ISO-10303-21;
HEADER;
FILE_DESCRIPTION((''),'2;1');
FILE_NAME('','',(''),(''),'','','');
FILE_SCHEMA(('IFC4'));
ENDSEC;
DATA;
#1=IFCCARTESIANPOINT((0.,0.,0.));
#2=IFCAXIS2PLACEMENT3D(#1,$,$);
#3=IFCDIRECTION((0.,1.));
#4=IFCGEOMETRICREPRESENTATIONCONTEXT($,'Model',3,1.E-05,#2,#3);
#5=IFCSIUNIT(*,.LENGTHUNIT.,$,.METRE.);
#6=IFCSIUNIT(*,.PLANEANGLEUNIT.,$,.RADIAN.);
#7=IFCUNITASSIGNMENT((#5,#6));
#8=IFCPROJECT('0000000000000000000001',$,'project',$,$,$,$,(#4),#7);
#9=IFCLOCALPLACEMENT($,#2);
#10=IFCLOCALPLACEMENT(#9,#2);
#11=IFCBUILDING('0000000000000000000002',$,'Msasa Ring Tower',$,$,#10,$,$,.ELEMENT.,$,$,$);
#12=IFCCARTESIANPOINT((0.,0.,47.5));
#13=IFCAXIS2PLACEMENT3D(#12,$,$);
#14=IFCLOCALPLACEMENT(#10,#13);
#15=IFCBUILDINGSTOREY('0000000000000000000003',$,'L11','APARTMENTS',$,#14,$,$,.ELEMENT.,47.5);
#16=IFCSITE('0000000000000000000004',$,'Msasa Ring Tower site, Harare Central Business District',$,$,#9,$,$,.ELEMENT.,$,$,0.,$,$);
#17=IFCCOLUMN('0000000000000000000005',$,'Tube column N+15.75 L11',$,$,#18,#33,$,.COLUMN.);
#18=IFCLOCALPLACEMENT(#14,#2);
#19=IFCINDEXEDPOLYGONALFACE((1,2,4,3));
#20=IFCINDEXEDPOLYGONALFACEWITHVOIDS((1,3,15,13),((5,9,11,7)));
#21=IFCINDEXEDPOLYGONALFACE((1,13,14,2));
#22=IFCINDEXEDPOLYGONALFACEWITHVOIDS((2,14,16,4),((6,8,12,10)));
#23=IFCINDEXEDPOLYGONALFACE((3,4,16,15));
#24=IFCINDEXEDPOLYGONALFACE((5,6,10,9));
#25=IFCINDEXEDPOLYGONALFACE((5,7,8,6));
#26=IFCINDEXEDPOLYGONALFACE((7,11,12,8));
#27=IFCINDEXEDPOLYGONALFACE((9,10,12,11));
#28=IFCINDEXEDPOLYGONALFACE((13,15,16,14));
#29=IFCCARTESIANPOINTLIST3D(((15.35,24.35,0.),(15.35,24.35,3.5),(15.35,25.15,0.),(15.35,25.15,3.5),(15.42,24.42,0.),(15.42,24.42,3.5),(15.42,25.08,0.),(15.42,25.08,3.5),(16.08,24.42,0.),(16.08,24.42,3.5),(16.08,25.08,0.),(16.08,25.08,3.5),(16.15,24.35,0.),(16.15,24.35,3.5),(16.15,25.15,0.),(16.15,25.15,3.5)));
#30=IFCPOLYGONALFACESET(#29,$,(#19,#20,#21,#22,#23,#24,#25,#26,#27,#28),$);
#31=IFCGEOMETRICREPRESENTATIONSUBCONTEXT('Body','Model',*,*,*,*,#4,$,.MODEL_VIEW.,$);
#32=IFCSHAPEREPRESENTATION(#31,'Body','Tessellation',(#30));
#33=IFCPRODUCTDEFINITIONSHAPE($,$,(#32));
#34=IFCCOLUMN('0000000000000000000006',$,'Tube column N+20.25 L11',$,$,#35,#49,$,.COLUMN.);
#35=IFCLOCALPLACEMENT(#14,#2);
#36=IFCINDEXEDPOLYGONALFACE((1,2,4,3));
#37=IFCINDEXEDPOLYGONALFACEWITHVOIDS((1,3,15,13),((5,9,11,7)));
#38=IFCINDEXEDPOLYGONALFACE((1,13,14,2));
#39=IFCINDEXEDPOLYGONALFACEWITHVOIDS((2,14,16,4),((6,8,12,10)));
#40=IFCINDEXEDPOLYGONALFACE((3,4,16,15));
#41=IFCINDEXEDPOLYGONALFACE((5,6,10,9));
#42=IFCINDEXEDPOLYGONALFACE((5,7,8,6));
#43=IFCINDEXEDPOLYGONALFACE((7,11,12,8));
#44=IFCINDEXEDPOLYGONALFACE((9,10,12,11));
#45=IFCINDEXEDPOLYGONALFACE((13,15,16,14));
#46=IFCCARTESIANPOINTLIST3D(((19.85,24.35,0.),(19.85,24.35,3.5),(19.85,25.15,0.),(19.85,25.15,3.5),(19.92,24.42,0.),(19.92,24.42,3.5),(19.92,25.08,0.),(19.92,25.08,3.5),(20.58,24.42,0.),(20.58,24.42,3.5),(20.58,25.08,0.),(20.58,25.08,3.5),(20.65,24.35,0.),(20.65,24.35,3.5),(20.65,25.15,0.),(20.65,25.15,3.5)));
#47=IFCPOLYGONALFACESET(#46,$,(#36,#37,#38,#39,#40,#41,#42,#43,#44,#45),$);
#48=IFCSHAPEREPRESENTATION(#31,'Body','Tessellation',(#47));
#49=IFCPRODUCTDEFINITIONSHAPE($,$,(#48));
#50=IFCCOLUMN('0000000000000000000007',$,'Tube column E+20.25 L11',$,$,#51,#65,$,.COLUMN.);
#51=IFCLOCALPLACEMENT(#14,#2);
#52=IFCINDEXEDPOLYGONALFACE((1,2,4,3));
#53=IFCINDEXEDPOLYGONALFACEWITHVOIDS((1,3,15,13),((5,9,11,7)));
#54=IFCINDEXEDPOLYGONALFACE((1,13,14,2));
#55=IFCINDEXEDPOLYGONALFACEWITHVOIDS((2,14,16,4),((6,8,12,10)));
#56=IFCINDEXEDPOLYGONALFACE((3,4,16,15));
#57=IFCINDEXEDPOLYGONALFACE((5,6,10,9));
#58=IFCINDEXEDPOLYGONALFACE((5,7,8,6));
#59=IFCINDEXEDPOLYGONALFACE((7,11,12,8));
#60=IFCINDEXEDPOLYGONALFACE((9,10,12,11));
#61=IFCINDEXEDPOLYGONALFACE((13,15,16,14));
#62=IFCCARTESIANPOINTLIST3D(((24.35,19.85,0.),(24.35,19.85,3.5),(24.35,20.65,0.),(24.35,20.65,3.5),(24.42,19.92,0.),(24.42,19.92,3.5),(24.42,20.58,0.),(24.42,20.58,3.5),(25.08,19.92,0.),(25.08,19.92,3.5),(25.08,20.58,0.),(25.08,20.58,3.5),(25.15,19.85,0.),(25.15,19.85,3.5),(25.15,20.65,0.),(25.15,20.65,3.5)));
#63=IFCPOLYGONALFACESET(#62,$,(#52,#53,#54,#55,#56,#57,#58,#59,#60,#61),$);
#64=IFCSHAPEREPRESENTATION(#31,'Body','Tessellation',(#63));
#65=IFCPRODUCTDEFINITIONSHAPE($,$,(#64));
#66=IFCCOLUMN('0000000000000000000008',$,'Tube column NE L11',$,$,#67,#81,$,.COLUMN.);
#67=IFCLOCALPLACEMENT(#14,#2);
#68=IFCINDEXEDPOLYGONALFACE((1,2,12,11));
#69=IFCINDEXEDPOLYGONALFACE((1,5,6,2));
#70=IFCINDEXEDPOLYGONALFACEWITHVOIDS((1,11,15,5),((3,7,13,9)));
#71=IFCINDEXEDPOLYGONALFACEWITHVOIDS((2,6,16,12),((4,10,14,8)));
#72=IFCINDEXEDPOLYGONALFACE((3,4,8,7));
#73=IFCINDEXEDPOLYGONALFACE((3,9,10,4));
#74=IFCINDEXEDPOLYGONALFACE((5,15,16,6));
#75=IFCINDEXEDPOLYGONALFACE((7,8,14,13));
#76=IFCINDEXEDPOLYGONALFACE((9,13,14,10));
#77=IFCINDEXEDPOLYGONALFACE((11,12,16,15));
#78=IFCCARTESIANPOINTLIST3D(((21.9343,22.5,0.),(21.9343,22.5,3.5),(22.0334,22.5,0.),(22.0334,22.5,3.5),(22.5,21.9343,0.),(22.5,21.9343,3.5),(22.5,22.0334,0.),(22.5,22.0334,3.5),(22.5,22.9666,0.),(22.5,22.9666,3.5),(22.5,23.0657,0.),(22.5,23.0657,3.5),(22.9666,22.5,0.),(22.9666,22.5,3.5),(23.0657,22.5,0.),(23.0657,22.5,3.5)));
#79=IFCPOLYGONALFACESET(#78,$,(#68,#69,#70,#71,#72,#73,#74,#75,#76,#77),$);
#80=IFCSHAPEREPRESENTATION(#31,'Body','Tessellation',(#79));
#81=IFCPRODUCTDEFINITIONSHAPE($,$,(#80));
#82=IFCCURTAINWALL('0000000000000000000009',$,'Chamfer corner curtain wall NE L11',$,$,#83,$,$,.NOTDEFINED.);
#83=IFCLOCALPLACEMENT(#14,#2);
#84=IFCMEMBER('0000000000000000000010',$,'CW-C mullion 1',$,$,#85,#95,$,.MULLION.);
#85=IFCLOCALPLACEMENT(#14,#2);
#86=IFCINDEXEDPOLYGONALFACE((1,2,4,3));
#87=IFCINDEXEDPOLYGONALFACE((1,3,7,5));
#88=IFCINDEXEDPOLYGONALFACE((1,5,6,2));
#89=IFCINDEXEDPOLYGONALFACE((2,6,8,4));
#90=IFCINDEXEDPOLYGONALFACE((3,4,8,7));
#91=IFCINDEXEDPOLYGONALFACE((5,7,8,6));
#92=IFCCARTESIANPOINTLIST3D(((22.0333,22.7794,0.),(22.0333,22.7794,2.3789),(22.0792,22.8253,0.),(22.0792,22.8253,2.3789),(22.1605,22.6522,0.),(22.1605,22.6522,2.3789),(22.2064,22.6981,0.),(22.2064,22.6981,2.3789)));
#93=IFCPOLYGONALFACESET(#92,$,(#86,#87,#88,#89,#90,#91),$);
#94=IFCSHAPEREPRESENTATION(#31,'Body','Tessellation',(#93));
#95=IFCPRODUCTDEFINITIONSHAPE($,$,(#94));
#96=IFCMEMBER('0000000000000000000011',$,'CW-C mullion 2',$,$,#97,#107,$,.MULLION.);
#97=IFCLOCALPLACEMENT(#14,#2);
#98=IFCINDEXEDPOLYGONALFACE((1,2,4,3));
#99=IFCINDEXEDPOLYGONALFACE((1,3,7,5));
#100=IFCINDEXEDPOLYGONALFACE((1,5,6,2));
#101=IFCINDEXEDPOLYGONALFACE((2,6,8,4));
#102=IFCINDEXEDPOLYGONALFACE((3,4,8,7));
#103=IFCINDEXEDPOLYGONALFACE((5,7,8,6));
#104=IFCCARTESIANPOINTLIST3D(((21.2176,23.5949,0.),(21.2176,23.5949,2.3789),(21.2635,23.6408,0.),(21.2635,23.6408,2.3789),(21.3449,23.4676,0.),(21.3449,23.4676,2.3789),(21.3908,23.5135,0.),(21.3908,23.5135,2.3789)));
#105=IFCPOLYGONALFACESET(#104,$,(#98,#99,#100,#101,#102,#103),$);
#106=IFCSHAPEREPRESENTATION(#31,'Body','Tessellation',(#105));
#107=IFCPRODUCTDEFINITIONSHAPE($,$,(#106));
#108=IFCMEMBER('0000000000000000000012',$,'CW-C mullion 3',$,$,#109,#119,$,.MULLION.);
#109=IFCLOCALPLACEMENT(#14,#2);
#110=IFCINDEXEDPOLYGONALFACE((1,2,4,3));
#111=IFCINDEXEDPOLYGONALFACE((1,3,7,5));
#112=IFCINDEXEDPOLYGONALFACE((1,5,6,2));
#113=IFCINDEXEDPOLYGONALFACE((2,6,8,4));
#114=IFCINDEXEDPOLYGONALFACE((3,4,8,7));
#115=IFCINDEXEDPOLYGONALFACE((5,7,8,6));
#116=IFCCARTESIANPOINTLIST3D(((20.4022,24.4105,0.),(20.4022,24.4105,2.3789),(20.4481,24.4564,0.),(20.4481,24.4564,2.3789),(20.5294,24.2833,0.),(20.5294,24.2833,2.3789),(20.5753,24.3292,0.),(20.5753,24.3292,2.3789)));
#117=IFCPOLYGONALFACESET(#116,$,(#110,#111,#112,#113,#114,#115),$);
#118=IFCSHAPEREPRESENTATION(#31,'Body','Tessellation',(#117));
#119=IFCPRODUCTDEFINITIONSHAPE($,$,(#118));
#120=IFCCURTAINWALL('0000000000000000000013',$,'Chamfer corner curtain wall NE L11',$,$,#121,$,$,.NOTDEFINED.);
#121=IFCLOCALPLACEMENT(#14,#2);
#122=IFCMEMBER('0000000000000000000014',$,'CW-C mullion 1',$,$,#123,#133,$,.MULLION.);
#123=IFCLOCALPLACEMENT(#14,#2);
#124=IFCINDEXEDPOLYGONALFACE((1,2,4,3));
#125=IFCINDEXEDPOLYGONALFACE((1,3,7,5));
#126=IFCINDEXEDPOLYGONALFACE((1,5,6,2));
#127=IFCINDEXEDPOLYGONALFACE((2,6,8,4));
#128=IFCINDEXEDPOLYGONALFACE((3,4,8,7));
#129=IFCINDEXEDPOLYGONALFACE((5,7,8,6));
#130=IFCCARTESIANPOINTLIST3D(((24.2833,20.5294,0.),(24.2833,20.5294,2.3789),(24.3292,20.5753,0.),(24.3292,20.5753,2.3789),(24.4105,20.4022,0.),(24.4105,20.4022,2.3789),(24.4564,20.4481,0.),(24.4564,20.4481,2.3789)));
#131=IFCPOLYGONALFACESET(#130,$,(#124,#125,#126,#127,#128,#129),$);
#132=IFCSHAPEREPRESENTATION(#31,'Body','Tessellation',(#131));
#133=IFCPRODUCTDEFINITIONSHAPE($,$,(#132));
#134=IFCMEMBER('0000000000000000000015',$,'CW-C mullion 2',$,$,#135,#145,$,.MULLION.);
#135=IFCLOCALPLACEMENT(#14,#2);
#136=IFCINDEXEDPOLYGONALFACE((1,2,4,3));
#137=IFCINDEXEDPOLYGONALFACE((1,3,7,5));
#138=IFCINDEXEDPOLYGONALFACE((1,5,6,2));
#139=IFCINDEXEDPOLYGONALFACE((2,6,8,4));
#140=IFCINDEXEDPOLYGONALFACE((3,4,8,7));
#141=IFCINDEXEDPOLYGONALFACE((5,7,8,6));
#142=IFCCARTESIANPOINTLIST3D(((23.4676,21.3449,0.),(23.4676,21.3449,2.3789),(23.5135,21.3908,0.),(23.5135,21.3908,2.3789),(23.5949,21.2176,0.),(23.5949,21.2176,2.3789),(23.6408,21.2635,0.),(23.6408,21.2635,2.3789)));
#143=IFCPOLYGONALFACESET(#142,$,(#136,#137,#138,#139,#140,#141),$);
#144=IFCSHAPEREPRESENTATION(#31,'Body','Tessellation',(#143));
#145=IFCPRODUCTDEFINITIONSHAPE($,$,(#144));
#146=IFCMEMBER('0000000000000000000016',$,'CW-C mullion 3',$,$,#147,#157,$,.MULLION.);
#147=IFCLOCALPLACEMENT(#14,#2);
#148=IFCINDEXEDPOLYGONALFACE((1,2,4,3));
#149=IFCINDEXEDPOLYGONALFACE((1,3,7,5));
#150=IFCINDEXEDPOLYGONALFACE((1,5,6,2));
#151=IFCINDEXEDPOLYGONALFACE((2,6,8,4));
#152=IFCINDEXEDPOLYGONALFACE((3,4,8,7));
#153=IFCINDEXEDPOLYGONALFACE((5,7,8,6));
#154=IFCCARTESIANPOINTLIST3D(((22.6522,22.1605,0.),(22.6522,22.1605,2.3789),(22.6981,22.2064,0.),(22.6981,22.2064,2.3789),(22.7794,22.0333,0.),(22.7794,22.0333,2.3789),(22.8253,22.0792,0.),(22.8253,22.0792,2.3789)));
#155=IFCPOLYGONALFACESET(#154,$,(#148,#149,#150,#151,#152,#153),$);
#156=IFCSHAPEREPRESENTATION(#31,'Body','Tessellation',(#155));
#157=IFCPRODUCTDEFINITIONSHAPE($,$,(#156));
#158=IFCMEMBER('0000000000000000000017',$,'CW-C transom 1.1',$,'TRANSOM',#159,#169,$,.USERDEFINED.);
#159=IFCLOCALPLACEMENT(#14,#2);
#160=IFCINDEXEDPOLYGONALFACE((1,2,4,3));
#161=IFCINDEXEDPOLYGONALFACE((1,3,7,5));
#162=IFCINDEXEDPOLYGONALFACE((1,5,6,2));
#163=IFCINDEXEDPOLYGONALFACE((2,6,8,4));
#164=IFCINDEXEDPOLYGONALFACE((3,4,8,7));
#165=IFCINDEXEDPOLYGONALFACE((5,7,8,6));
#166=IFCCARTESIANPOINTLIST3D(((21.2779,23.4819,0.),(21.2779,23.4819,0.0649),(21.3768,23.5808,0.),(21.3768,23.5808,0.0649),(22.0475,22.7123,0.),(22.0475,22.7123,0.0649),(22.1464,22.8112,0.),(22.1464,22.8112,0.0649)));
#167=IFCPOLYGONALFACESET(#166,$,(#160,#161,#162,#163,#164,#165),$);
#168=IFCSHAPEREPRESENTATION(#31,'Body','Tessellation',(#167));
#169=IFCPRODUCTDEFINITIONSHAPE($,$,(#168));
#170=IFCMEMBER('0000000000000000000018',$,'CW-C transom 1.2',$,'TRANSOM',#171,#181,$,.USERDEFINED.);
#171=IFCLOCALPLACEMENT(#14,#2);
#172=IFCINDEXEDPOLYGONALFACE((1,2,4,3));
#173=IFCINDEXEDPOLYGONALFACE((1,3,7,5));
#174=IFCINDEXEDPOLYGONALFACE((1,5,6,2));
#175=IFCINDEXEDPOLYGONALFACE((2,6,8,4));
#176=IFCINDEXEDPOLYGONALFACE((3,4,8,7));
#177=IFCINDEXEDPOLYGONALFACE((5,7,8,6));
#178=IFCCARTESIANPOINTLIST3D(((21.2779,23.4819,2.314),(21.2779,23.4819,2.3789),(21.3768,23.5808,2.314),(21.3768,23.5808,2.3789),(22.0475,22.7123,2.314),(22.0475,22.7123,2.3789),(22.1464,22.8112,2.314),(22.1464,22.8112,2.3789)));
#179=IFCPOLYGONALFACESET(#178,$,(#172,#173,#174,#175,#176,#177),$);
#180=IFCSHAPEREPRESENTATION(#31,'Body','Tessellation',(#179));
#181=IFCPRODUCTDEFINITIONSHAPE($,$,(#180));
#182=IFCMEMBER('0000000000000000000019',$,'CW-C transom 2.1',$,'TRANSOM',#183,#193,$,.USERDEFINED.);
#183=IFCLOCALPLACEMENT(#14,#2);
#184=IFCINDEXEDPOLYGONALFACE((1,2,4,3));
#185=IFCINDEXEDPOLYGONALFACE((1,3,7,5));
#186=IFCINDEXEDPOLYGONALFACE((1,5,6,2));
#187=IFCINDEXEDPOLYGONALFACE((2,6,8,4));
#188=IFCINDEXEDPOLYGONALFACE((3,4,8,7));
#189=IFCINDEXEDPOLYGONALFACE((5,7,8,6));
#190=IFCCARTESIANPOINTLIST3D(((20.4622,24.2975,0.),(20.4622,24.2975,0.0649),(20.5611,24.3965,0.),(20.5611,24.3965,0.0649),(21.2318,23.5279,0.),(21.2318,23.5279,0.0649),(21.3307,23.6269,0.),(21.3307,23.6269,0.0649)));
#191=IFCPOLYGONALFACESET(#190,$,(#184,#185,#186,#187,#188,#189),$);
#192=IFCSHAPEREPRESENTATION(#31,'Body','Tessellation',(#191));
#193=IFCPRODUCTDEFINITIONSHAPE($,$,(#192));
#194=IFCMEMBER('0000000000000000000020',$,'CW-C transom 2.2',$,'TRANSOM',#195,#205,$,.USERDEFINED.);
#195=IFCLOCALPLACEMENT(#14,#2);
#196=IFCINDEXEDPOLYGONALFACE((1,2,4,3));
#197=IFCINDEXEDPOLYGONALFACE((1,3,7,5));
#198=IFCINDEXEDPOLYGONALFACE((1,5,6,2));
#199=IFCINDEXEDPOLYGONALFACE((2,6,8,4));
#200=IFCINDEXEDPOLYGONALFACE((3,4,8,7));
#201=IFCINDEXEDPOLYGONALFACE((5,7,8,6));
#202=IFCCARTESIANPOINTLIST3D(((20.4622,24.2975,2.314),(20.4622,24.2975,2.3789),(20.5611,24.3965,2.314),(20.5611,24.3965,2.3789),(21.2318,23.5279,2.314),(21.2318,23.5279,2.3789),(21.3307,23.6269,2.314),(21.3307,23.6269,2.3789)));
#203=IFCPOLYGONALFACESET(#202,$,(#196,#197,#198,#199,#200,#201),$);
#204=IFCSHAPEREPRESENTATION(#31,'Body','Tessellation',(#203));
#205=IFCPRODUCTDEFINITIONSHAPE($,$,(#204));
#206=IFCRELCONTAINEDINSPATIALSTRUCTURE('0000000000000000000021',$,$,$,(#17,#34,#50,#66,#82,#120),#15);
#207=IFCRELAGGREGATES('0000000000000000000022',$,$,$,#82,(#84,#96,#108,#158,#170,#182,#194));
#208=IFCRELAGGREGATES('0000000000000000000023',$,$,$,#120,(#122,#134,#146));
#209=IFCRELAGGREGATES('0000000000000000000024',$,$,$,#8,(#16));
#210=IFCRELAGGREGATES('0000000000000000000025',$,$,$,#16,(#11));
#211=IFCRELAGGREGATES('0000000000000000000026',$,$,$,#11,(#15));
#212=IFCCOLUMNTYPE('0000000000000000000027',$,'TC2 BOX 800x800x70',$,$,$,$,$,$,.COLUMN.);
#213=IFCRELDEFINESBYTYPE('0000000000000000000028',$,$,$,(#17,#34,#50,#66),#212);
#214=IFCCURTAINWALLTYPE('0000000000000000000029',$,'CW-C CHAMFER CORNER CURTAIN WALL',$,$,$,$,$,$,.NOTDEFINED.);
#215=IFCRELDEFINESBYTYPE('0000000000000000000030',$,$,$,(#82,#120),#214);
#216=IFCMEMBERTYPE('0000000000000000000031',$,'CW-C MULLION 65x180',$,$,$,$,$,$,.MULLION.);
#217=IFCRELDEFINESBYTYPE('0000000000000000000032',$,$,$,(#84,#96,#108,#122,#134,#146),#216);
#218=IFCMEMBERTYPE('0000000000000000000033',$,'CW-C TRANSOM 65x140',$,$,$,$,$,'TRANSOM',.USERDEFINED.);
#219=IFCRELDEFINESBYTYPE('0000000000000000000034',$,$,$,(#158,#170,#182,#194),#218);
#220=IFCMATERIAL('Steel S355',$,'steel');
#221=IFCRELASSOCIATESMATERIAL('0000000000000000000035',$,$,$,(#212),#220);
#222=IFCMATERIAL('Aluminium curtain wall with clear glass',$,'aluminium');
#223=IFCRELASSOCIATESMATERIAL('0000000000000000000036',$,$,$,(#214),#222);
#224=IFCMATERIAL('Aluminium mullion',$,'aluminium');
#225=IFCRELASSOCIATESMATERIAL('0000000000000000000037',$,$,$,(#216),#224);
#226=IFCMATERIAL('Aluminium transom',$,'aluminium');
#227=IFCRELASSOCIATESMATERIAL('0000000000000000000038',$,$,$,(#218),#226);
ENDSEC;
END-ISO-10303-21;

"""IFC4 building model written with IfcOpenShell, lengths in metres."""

from ifc_helpers import new_model, si_unit, direction, frame, origin, origin_2d, place, context, subcontext, project, spatial, rectangle, hollow_rectangle, extrude, material, material_profile, profile_set, type_object, element, aggregate, save


model = new_model("IFC4")

# Units and contexts
model_context = context("Model", 3, precision=1e-05, world=origin(), true_north=direction((0.0, 1.0)))
body_context = subcontext(model_context, "Body", "Model", "MODEL_VIEW")
ifc_project = project(units=[si_unit("LENGTHUNIT", "METRE"), si_unit("PLANEANGLEUNIT", "RADIAN")], contexts=[model_context])

# Site, building, storey
site_placement = place(None, origin())
site = spatial("IfcSite", under=ifc_project, at=site_placement, Name="Msasa Ring Tower site, Harare Central Business District", CompositionType="ELEMENT", RefElevation=0.0)
building_placement = place(site_placement, origin())
building = spatial("IfcBuilding", under=site, at=building_placement, Name="Msasa Ring Tower", CompositionType="ELEMENT")
storey_placement = place(building_placement, frame((0.0, 0.0, 47.5)))
storey = spatial("IfcBuildingStorey", under=building, at=storey_placement, Name="L11", Description="APARTMENTS", CompositionType="ELEMENT", Elevation=47.5)

# Columns
ifc_material_1 = material(Name="Steel S355", Category="steel")
ifc_material_profile_1 = material_profile(ifc_material_1, hollow_rectangle(XDim=0.8, YDim=0.8, WallThickness=0.0701, at=origin_2d()), Name="BOX 800x800x70")
ifc_profile_set_1 = profile_set([ifc_material_profile_1], Name="Steel S355")
column_type = type_object("IfcColumnType", Name="TC2 BOX 800x800x70", PredefinedType="COLUMN", material=ifc_profile_set_1)
for number, where, z_axis, x_axis, name in (
    (1, (15.75, 24.75, 0.0), (0.0, 0.0, 1.0), (0.0, 1.0, 0.0), "Tube column N+15.75 L11"),
    (2, (20.25, 24.75, 0.0), (0.0, 0.0, 1.0), (0.0, 1.0, 0.0), "Tube column N+20.25 L11"),
    (3, (24.75, 20.25, 0.0), (0.0, 0.0, 1.0), (1.0, 0.0, 0.0), "Tube column E+20.25 L11"),
    (4, (22.5, 22.5, 0.0), (0.0, 0.0, 1.0), (0.707107, 0.707107, 0.0), "Tube column NE L11"),
):
    element("IfcColumn", number, at=place(storey_placement, frame(where, z_axis=z_axis, x_axis=x_axis)), inside=storey, type_object=column_type, Name=name, PredefinedType="COLUMN", context=body_context, shape_type="SweptSolid", body=[
        extrude(hollow_rectangle(XDim=0.8, YDim=0.8, WallThickness=0.0701, at=origin_2d()), origin(), (0.0, 0.0, 1.0), 3.5),
    ])

# Curtain walls, members
ifc_material_2 = material(Name="Aluminium curtain wall with clear glass", Category="aluminium")
curtain_wall_type = type_object("IfcCurtainWallType", Name="CW-C CHAMFER CORNER CURTAIN WALL", PredefinedType="NOTDEFINED", material=ifc_material_2)
curtain_wall_1_placement = place(storey_placement, origin())
curtain_wall_1 = element("IfcCurtainWall", 5, at=curtain_wall_1_placement, inside=storey, type_object=curtain_wall_type, Name="Chamfer corner curtain wall NE L11", PredefinedType="NOTDEFINED")
ifc_material_3 = material(Name="Aluminium mullion", Category="aluminium")
ifc_material_profile_2 = material_profile(ifc_material_3, rectangle(XDim=0.0649, YDim=0.1799, at=origin_2d()), Name="AL 65x180")
ifc_profile_set_2 = profile_set([ifc_material_profile_2], Name="Aluminium mullion")
member_type_1 = type_object("IfcMemberType", Name="CW-C MULLION 65x180", PredefinedType="MULLION", material=ifc_profile_set_2)
member_1_placement = place(storey_placement, frame((22.1199, 22.7388, 0.0), z_axis=(0.0, 0.0, 1.0), x_axis=(-0.707107, -0.707107, 0.0)))
member_1 = element("IfcMember", 6, at=member_1_placement, type_object=member_type_1, Name="CW-C mullion 1", PredefinedType="MULLION", context=body_context, shape_type="SweptSolid", body=[
    extrude(rectangle(XDim=0.0649, YDim=0.1799, at=origin_2d()), origin(), (0.0, 0.0, 1.0), 2.3789),
])
member_2_placement = place(storey_placement, frame((21.3042, 23.5542, 0.0), z_axis=(0.0, 0.0, 1.0), x_axis=(-0.707107, -0.707107, 0.0)))
member_2 = element("IfcMember", 7, at=member_2_placement, type_object=member_type_1, Name="CW-C mullion 2", PredefinedType="MULLION", context=body_context, shape_type="SweptSolid", body=[
    extrude(rectangle(XDim=0.0649, YDim=0.1799, at=origin_2d()), origin(), (0.0, 0.0, 1.0), 2.3789),
])
member_3_placement = place(storey_placement, frame((20.4888, 24.3699, 0.0), z_axis=(0.0, 0.0, 1.0), x_axis=(-0.707107, -0.707107, 0.0)))
member_3 = element("IfcMember", 8, at=member_3_placement, type_object=member_type_1, Name="CW-C mullion 3", PredefinedType="MULLION", context=body_context, shape_type="SweptSolid", body=[
    extrude(rectangle(XDim=0.0649, YDim=0.1799, at=origin_2d()), origin(), (0.0, 0.0, 1.0), 2.3789),
])
curtain_wall_2_placement = place(storey_placement, origin())
curtain_wall_2 = element("IfcCurtainWall", 9, at=curtain_wall_2_placement, inside=storey, type_object=curtain_wall_type, Name="Chamfer corner curtain wall NE L11", PredefinedType="NOTDEFINED")
member_4_placement = place(storey_placement, frame((24.3699, 20.4888, 0.0), z_axis=(0.0, 0.0, 1.0), x_axis=(-0.707107, -0.707107, 0.0)))
member_4 = element("IfcMember", 10, at=member_4_placement, type_object=member_type_1, Name="CW-C mullion 1", PredefinedType="MULLION", context=body_context, shape_type="SweptSolid", body=[
    extrude(rectangle(XDim=0.0649, YDim=0.1799, at=origin_2d()), origin(), (0.0, 0.0, 1.0), 2.3789),
])
member_5_placement = place(storey_placement, frame((23.5542, 21.3042, 0.0), z_axis=(0.0, 0.0, 1.0), x_axis=(-0.707107, -0.707107, 0.0)))
member_5 = element("IfcMember", 11, at=member_5_placement, type_object=member_type_1, Name="CW-C mullion 2", PredefinedType="MULLION", context=body_context, shape_type="SweptSolid", body=[
    extrude(rectangle(XDim=0.0649, YDim=0.1799, at=origin_2d()), origin(), (0.0, 0.0, 1.0), 2.3789),
])
member_6_placement = place(storey_placement, frame((22.7388, 22.1199, 0.0), z_axis=(0.0, 0.0, 1.0), x_axis=(-0.707107, -0.707107, 0.0)))
member_6 = element("IfcMember", 12, at=member_6_placement, type_object=member_type_1, Name="CW-C mullion 3", PredefinedType="MULLION", context=body_context, shape_type="SweptSolid", body=[
    extrude(rectangle(XDim=0.0649, YDim=0.1799, at=origin_2d()), origin(), (0.0, 0.0, 1.0), 2.3789),
])

# Members
ifc_material_4 = material(Name="Aluminium transom", Category="aluminium")
ifc_material_profile_3 = material_profile(ifc_material_4, rectangle(XDim=0.1399, YDim=0.0649, at=origin_2d()), Name="AL 65x140")
ifc_profile_set_3 = profile_set([ifc_material_profile_3], Name="Aluminium transom")
member_type_2 = type_object("IfcMemberType", Name="CW-C TRANSOM 65x140", ElementType="TRANSOM", PredefinedType="USERDEFINED", material=ifc_profile_set_3)
member_7_placement = place(storey_placement, frame((22.0969, 22.7617, 0.0325), z_axis=(-0.707107, 0.707107, 0.0), x_axis=(-0.707107, -0.707107, 0.0)))
member_7 = element("IfcMember", 13, at=member_7_placement, type_object=member_type_2, Name="CW-C transom 1.1", ObjectType="TRANSOM", PredefinedType="USERDEFINED", context=body_context, shape_type="SweptSolid", body=[
    extrude(rectangle(XDim=0.1399, YDim=0.0649, at=origin_2d()), origin(), (0.0, 0.0, 1.0), 1.0884),
])
member_8_placement = place(storey_placement, frame((22.0969, 22.7617, 2.3464), z_axis=(-0.707107, 0.707107, 0.0), x_axis=(-0.707107, -0.707107, 0.0)))
member_8 = element("IfcMember", 14, at=member_8_placement, type_object=member_type_2, Name="CW-C transom 1.2", ObjectType="TRANSOM", PredefinedType="USERDEFINED", context=body_context, shape_type="SweptSolid", body=[
    extrude(rectangle(XDim=0.1399, YDim=0.0649, at=origin_2d()), origin(), (0.0, 0.0, 1.0), 1.0884),
])
member_9_placement = place(storey_placement, frame((21.2812, 23.5774, 0.0325), z_axis=(-0.707107, 0.707107, 0.0), x_axis=(-0.707107, -0.707107, 0.0)))
member_9 = element("IfcMember", 15, at=member_9_placement, type_object=member_type_2, Name="CW-C transom 2.1", ObjectType="TRANSOM", PredefinedType="USERDEFINED", context=body_context, shape_type="SweptSolid", body=[
    extrude(rectangle(XDim=0.1399, YDim=0.0649, at=origin_2d()), origin(), (0.0, 0.0, 1.0), 1.0884),
])
member_10_placement = place(storey_placement, frame((21.2812, 23.5774, 2.3464), z_axis=(-0.707107, 0.707107, 0.0), x_axis=(-0.707107, -0.707107, 0.0)))
member_10 = element("IfcMember", 16, at=member_10_placement, type_object=member_type_2, Name="CW-C transom 2.2", ObjectType="TRANSOM", PredefinedType="USERDEFINED", context=body_context, shape_type="SweptSolid", body=[
    extrude(rectangle(XDim=0.1399, YDim=0.0649, at=origin_2d()), origin(), (0.0, 0.0, 1.0), 1.0884),
])

aggregate(curtain_wall_1, [member_1, member_2, member_3, member_7, member_8, member_9, member_10])
aggregate(curtain_wall_2, [member_4, member_5, member_6])

save(model, "model.ifc")
